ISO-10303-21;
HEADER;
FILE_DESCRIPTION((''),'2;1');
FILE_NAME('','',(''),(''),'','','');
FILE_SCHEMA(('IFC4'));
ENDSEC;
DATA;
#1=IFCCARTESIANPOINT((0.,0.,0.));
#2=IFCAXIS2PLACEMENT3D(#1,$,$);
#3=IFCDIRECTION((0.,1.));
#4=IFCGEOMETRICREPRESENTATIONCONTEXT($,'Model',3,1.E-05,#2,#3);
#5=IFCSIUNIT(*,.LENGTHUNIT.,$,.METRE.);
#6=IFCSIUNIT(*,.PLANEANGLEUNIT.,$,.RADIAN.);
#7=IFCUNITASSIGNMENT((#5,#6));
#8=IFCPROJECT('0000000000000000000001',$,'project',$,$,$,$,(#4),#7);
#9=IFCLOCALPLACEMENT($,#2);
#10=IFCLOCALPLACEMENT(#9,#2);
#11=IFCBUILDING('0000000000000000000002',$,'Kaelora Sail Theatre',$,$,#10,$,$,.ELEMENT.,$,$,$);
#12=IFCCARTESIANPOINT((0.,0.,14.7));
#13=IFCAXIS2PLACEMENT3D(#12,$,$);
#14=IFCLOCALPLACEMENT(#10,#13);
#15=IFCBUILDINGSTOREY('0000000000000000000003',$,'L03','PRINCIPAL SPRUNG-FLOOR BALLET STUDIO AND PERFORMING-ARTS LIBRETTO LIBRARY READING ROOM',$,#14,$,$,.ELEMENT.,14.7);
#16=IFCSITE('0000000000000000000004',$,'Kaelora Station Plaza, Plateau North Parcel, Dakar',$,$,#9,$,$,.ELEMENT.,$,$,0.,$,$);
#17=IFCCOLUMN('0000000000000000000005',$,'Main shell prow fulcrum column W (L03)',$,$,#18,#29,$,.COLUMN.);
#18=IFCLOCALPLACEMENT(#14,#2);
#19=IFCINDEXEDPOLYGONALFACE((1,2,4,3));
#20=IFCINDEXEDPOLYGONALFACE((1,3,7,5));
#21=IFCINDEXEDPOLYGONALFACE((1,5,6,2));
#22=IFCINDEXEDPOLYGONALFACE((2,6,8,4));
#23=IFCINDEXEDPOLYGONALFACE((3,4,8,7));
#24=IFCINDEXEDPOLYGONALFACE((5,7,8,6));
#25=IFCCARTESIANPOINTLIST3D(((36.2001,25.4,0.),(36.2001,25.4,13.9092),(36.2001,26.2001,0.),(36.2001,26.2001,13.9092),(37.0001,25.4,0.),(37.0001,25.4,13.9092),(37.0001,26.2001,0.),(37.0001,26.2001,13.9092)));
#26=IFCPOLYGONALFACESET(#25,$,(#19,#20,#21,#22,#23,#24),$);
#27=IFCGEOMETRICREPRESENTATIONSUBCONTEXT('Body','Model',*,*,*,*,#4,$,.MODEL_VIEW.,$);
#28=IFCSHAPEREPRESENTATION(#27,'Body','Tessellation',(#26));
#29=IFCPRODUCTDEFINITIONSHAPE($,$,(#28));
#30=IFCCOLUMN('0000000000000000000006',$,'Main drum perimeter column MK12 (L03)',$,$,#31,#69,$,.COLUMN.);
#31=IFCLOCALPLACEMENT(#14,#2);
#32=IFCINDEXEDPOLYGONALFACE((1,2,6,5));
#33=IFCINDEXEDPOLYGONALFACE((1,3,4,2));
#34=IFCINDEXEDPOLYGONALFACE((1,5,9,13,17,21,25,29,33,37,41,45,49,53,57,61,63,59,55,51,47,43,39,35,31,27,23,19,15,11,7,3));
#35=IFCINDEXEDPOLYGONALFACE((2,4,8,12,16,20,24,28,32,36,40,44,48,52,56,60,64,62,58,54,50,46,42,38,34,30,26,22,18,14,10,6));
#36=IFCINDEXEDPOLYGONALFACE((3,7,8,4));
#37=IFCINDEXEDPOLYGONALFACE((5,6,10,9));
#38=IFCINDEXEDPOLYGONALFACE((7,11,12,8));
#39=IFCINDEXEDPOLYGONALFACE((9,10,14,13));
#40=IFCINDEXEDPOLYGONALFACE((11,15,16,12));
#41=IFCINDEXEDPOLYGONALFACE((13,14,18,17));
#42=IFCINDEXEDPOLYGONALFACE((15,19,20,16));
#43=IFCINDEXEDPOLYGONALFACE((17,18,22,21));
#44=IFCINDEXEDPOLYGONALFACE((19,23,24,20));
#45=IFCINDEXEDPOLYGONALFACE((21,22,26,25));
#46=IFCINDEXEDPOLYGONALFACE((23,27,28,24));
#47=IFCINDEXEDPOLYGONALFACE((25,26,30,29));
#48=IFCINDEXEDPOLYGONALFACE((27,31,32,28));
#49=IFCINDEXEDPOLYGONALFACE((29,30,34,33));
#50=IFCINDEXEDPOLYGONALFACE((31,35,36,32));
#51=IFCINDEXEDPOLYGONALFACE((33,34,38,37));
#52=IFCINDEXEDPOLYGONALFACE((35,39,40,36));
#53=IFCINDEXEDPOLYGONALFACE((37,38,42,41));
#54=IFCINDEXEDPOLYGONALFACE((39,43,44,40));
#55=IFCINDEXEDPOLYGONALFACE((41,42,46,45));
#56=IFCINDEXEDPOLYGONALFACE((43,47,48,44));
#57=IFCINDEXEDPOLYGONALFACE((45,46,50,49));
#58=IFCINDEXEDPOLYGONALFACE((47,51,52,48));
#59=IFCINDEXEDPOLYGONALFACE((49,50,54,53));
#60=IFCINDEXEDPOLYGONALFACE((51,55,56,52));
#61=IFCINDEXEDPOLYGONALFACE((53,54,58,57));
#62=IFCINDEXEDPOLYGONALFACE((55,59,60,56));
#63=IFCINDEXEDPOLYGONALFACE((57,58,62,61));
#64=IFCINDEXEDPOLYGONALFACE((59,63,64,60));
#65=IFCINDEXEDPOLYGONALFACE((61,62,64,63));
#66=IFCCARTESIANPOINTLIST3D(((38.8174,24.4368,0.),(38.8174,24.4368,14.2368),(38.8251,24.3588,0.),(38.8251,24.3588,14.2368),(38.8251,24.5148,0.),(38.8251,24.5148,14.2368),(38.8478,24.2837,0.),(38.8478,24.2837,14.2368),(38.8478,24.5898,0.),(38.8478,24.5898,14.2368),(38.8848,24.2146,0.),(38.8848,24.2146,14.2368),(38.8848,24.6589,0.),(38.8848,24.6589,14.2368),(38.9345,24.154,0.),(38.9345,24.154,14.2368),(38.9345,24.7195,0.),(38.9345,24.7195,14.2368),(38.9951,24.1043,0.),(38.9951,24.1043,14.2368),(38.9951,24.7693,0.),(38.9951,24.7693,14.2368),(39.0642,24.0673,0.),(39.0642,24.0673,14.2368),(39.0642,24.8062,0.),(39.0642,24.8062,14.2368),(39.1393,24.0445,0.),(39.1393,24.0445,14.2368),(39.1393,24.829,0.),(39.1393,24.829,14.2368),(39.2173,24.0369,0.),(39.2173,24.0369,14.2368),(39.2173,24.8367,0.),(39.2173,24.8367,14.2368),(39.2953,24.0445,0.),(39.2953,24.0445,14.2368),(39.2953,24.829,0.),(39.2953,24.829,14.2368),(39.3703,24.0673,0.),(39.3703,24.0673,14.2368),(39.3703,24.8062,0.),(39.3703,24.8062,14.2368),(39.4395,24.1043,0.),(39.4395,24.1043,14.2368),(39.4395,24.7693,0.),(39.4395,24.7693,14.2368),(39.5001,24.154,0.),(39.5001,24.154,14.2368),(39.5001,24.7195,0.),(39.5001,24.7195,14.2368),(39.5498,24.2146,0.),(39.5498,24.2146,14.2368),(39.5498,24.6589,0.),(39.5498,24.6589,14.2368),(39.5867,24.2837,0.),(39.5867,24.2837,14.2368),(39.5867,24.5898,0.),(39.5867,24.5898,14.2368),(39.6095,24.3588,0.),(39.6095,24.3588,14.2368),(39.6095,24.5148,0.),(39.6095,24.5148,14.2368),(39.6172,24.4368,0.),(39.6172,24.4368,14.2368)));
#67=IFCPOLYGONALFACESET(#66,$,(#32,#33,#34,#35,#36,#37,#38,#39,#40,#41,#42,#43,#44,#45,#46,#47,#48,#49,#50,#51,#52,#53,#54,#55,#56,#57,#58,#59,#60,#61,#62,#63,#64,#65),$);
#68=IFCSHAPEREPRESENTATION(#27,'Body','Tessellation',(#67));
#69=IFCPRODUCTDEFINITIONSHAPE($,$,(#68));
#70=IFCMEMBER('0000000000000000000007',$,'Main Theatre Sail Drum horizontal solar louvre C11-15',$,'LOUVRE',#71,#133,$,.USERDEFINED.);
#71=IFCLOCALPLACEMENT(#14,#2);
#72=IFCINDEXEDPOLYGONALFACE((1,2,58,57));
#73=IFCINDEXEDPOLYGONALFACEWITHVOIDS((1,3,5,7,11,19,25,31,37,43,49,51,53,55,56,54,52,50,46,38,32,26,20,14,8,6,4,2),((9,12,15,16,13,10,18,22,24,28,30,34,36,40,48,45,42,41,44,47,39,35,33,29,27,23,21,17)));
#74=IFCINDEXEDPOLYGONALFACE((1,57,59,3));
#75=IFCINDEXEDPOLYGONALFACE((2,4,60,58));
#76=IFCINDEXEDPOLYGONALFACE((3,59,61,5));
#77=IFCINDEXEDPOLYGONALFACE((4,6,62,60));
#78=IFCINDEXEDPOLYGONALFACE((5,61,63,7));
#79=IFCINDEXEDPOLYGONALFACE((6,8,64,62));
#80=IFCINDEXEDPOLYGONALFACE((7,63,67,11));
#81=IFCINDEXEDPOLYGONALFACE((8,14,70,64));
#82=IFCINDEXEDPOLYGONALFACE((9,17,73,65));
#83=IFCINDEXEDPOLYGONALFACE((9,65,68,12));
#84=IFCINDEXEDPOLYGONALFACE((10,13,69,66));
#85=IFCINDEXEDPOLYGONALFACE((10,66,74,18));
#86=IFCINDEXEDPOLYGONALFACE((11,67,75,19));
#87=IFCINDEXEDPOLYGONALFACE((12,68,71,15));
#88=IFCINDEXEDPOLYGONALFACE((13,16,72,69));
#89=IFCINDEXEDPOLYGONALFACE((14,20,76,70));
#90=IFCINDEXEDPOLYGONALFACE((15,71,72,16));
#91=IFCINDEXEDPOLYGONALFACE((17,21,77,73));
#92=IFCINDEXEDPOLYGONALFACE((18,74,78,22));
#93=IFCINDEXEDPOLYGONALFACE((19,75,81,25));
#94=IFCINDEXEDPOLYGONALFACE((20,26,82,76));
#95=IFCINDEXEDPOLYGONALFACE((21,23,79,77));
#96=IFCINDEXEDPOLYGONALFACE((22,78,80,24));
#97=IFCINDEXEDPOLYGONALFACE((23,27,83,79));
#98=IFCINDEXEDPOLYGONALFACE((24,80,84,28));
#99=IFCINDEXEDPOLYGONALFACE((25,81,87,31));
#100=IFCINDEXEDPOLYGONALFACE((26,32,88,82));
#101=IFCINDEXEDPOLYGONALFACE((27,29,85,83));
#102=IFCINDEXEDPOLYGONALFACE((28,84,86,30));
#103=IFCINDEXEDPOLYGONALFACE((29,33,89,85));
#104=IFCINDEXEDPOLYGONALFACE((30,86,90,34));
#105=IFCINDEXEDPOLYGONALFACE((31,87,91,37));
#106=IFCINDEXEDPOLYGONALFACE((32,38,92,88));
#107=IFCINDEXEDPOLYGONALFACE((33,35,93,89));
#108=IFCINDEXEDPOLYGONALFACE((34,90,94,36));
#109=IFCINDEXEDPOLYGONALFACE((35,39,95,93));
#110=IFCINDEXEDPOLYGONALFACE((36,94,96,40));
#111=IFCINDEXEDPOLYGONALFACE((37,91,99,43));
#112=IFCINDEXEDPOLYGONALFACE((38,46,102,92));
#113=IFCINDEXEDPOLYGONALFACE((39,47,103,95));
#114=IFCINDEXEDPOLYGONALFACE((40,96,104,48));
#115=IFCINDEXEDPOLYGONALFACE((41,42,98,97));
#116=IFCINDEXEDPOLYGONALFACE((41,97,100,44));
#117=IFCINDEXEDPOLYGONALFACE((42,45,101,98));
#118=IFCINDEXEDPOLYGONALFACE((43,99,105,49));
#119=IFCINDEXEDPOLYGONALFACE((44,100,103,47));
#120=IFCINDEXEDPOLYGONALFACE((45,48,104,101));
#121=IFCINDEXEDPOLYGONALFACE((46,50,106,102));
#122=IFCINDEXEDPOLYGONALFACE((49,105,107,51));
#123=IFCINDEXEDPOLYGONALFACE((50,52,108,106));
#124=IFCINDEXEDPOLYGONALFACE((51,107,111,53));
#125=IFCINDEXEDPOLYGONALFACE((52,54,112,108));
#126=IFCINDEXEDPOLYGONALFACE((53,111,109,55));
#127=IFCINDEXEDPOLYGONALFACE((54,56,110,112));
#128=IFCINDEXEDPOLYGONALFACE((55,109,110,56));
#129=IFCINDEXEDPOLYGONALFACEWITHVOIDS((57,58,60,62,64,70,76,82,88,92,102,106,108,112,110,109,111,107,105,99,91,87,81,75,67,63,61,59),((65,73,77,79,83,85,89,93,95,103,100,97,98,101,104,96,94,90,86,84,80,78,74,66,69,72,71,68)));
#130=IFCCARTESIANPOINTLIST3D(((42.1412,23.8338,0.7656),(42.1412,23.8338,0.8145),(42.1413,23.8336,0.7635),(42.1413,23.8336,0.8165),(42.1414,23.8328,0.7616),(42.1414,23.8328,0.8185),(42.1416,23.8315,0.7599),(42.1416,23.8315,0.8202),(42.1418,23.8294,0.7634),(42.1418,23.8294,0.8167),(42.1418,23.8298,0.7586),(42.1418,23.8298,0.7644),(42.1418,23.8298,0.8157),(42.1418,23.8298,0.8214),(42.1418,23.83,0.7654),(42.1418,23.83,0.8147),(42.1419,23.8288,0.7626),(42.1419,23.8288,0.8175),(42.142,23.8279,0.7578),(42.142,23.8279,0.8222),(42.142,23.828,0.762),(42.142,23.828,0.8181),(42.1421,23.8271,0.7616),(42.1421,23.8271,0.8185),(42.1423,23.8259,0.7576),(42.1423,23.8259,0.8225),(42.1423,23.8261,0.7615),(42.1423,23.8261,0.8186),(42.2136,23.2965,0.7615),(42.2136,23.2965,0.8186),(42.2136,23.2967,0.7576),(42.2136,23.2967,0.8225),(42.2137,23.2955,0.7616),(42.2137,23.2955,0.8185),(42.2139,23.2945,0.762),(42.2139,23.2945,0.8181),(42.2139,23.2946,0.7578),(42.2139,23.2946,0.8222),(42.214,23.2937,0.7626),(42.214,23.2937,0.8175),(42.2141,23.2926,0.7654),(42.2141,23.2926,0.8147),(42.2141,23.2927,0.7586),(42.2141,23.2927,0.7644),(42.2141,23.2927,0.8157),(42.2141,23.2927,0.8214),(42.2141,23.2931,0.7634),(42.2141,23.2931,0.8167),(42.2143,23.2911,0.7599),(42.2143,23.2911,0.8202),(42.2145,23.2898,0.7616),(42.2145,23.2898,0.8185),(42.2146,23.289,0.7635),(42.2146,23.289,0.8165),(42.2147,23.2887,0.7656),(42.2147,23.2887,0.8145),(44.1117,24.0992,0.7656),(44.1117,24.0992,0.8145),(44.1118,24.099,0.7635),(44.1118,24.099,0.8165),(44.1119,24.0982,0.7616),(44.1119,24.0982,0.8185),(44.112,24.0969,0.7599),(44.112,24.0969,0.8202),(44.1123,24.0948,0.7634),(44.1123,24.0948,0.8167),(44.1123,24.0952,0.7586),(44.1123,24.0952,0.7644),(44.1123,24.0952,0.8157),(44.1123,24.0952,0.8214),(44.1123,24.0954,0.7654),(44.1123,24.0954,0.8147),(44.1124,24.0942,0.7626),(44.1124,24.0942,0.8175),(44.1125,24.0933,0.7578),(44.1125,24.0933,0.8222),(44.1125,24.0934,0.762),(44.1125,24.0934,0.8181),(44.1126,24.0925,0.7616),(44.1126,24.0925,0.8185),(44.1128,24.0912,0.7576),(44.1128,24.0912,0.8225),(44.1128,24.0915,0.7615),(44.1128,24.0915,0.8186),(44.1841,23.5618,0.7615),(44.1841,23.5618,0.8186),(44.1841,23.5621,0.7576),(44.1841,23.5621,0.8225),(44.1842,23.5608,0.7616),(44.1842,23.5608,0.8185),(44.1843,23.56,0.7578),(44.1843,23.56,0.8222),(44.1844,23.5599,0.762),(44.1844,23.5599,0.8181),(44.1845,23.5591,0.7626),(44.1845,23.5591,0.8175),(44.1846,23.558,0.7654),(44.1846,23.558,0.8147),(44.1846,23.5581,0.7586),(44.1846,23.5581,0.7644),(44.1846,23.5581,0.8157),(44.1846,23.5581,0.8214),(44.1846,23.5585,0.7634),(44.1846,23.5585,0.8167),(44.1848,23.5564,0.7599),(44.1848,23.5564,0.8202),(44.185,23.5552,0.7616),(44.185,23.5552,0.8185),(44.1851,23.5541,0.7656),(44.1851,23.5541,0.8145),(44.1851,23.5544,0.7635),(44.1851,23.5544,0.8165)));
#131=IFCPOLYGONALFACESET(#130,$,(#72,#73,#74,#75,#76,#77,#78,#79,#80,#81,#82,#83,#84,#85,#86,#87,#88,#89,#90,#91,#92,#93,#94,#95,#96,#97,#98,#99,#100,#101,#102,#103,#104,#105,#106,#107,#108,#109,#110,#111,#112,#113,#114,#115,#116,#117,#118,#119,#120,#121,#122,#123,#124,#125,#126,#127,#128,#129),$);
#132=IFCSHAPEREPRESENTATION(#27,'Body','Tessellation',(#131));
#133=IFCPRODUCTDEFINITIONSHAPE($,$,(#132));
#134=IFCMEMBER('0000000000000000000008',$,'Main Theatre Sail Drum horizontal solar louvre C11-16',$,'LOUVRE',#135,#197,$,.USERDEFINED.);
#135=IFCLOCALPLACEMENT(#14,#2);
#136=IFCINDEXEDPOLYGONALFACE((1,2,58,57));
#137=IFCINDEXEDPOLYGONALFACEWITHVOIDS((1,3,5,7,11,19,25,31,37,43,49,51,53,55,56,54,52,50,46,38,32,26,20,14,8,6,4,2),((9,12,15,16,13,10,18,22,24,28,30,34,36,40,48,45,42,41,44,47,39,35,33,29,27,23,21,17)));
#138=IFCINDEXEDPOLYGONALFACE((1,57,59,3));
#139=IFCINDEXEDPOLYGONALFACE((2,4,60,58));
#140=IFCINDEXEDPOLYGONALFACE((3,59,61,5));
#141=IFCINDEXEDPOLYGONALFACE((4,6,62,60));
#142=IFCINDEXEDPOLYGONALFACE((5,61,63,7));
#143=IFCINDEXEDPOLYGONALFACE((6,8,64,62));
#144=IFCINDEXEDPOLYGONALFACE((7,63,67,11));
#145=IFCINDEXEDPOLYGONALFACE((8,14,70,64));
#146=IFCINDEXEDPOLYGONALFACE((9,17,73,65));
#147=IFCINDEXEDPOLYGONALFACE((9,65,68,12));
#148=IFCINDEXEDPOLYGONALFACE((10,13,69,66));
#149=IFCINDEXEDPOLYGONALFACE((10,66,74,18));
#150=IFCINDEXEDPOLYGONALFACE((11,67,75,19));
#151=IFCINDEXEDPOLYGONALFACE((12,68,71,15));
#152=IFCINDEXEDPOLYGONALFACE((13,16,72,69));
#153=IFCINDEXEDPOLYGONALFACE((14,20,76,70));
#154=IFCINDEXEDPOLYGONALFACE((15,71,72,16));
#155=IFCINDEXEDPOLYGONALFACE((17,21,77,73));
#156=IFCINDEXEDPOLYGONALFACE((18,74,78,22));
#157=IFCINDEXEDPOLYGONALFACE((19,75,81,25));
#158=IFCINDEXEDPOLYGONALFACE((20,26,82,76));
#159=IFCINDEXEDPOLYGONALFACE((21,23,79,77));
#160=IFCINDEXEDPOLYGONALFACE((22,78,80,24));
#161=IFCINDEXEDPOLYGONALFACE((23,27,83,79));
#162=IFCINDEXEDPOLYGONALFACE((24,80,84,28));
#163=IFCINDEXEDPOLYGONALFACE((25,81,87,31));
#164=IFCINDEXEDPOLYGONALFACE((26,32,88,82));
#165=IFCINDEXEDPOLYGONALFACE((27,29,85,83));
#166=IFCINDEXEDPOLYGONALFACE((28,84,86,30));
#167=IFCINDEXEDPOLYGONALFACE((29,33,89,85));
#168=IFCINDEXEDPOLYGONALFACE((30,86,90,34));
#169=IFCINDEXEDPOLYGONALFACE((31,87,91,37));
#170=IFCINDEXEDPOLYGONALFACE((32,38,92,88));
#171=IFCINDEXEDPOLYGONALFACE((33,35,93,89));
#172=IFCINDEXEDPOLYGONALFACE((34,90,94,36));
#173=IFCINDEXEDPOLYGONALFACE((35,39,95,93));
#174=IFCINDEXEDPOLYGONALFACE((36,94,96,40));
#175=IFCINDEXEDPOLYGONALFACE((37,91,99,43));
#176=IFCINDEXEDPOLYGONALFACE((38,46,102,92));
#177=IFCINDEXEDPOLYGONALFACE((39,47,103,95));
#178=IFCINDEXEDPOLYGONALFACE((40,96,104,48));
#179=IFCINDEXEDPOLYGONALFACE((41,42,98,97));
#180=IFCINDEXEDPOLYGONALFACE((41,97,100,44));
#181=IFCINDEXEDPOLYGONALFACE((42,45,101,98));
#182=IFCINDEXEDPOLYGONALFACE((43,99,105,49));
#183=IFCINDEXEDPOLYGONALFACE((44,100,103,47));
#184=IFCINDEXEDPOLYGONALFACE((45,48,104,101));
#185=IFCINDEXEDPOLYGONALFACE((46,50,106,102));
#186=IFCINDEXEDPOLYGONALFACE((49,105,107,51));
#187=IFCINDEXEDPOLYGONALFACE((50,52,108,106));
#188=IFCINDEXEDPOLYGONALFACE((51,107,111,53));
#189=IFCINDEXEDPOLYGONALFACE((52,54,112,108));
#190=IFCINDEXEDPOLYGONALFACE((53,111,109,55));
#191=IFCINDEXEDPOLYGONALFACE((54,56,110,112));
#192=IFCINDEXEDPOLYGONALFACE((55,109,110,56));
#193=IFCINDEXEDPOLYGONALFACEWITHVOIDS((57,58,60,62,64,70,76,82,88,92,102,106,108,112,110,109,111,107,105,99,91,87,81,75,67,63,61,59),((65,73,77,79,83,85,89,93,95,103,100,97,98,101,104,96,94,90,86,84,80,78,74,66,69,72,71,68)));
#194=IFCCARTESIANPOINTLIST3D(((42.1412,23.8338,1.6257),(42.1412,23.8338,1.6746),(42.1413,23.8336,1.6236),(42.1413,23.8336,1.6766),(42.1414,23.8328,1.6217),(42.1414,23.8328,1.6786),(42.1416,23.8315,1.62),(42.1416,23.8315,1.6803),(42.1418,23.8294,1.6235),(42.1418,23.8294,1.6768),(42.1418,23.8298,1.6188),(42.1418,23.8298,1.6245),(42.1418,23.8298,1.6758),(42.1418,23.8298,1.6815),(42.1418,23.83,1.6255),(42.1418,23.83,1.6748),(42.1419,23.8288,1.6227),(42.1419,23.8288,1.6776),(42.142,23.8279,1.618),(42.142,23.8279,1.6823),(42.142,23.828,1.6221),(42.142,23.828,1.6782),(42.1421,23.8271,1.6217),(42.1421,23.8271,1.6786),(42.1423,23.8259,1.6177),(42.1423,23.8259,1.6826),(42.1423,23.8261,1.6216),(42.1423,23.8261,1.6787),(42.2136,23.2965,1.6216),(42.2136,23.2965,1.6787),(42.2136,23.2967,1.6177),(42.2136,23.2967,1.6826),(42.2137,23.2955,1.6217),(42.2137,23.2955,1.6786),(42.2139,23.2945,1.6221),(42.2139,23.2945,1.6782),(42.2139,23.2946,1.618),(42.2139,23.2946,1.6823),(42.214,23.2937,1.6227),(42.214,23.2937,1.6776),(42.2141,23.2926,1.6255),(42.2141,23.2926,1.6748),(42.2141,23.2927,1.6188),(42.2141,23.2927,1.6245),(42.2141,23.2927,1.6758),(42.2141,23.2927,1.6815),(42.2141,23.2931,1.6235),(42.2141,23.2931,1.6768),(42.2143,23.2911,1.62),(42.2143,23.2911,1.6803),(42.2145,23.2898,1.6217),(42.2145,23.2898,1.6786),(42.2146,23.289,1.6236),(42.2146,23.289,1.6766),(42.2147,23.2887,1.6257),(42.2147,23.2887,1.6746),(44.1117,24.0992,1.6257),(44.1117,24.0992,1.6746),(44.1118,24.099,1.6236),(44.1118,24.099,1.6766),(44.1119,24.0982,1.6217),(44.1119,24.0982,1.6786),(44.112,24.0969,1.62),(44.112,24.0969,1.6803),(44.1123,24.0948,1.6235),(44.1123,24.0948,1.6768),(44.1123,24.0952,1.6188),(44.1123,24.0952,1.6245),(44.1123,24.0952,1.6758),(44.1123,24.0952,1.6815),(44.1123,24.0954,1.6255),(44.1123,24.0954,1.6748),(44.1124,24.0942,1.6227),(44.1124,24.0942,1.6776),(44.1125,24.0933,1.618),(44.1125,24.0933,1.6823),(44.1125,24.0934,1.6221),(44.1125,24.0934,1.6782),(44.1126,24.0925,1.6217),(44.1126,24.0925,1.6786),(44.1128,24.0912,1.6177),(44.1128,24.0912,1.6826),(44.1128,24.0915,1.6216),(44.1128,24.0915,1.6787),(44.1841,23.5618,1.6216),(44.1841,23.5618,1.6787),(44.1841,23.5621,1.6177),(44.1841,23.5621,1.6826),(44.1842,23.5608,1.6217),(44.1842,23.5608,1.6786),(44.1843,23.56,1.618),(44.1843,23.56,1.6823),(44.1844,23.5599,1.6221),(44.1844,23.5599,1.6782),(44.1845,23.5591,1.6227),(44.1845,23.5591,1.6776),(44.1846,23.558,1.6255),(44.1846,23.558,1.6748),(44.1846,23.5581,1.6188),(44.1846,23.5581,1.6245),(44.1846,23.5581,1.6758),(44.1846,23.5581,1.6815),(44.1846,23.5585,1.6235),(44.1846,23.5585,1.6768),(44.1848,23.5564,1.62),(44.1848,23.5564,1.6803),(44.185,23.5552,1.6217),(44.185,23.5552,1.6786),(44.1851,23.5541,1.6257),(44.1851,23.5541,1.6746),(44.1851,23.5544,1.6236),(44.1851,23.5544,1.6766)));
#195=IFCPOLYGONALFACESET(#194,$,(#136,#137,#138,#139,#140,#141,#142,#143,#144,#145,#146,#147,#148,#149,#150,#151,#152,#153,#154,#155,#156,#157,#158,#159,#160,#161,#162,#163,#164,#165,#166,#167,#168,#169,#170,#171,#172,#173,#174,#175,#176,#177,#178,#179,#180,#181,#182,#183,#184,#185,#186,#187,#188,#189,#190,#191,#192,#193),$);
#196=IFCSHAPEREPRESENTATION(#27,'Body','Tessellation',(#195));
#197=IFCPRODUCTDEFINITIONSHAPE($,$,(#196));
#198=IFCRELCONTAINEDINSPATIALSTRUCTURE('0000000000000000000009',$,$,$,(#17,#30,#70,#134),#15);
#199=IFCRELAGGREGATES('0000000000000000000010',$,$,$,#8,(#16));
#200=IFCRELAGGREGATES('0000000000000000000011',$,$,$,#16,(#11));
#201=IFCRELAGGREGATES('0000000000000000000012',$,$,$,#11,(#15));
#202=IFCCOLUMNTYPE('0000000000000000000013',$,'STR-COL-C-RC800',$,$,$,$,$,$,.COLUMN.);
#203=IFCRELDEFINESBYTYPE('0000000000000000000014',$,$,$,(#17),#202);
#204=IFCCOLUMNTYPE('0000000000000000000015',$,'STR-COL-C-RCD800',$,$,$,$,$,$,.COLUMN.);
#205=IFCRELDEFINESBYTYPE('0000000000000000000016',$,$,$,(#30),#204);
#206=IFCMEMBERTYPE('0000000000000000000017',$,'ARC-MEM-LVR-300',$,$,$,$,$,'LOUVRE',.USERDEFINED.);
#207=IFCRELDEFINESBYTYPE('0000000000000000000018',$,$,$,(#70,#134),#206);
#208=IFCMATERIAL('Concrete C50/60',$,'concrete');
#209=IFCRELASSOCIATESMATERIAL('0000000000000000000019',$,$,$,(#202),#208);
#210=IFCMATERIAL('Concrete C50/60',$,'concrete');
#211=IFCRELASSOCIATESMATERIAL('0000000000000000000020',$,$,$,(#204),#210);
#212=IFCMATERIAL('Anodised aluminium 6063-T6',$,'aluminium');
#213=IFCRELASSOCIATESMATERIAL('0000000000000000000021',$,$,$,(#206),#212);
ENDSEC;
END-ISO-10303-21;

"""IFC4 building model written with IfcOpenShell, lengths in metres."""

from ifc_helpers import new_model, si_unit, direction, frame, origin, origin_2d, place, context, subcontext, project, spatial, rectangle, hollow_rectangle, circle, extrude, material, material_profile, profile_set, type_object, element, save


model = new_model("IFC4")

# Units and contexts
model_context = context("Model", 3, precision=1e-05, world=origin(), true_north=direction((0.0, 1.0)))
body_context = subcontext(model_context, "Body", "Model", "MODEL_VIEW")
ifc_project = project(units=[si_unit("LENGTHUNIT", "METRE"), si_unit("PLANEANGLEUNIT", "RADIAN")], contexts=[model_context])

# Site, building, storey
site_placement = place(None, origin())
site = spatial("IfcSite", under=ifc_project, at=site_placement, Name="Kaelora Station Plaza, Plateau North Parcel, Dakar", CompositionType="ELEMENT", RefElevation=0.0)
building_placement = place(site_placement, origin())
building = spatial("IfcBuilding", under=site, at=building_placement, Name="Kaelora Sail Theatre", CompositionType="ELEMENT")
storey_placement = place(building_placement, frame((0.0, 0.0, 14.7)))
storey = spatial("IfcBuildingStorey", under=building, at=storey_placement, Name="L03", Description="PRINCIPAL SPRUNG-FLOOR BALLET STUDIO AND PERFORMING-ARTS LIBRETTO LIBRARY READING ROOM", CompositionType="ELEMENT", Elevation=14.7)

# Columns
ifc_material_1 = material(Name="Concrete C50/60", Category="concrete")
ifc_material_profile_1 = material_profile(ifc_material_1, rectangle(XDim=0.8, YDim=0.8, at=origin_2d()), Name="RC-COL 800x800")
ifc_profile_set_1 = profile_set([ifc_material_profile_1], Name="Concrete C50/60")
column_type_1 = type_object("IfcColumnType", Name="STR-COL-C-RC800", PredefinedType="COLUMN", material=ifc_profile_set_1)
column_1_placement = place(storey_placement, frame((36.6001, 25.8, 0.0), z_axis=(0.0, 0.0, 1.0), x_axis=(1.0, 0.0, 0.0)))
element("IfcColumn", 1, at=column_1_placement, inside=storey, type_object=column_type_1, Name="Main shell prow fulcrum column W (L03)", PredefinedType="COLUMN", context=body_context, shape_type="SweptSolid", body=[
    extrude(rectangle(XDim=0.8, YDim=0.8, at=origin_2d()), origin(), (0.0, 0.0, 1.0), 13.9092),
])
ifc_material_2 = material(Name="Concrete C50/60", Category="concrete")
ifc_material_profile_2 = material_profile(ifc_material_2, circle(Radius=0.3999, at=origin_2d()), Name="RC-CCOL D800")
ifc_profile_set_2 = profile_set([ifc_material_profile_2], Name="Concrete C50/60")
column_type_2 = type_object("IfcColumnType", Name="STR-COL-C-RCD800", PredefinedType="COLUMN", material=ifc_profile_set_2)
column_2_placement = place(storey_placement, frame((39.2173, 24.4368, 0.0), z_axis=(0.0, 0.0, 1.0), x_axis=(1.0, 0.0, 0.0)))
element("IfcColumn", 2, at=column_2_placement, inside=storey, type_object=column_type_2, Name="Main drum perimeter column MK12 (L03)", PredefinedType="COLUMN", context=body_context, shape_type="SweptSolid", body=[
    extrude(circle(Radius=0.3999, at=origin_2d()), origin(), (0.0, 0.0, 1.0), 14.2368),
])

# Members
ifc_material_3 = material(Name="Anodised aluminium 6063-T6", Category="aluminium")
ifc_material_profile_3 = material_profile(ifc_material_3, hollow_rectangle(XDim=0.55, YDim=0.0649, WallThickness=0.0039, InnerFilletRadius=0.0039, OuterFilletRadius=0.0081, at=origin_2d()), Name="LOUVRE 550x65x4")
ifc_profile_set_3 = profile_set([ifc_material_profile_3], Name="Anodised aluminium 6063-T6")
member_type = type_object("IfcMemberType", Name="ARC-MEM-LVR-300", ElementType="LOUVRE", PredefinedType="USERDEFINED", material=ifc_profile_set_3)
for number, where, z_axis, x_axis, name in (
    (3, (44.1484, 23.8267, 0.79), (-0.991052, -0.133475, 0.0), (0.133475, -0.991052, 0.0), "Main Theatre Sail Drum horizontal solar louvre C11-15"),
    (4, (44.1484, 23.8267, 1.6501), (-0.991052, -0.133475, 0.0), (0.133475, -0.991052, 0.0), "Main Theatre Sail Drum horizontal solar louvre C11-16"),
):
    element("IfcMember", number, at=place(storey_placement, frame(where, z_axis=z_axis, x_axis=x_axis)), inside=storey, type_object=member_type, Name=name, ObjectType="LOUVRE", PredefinedType="USERDEFINED", context=body_context, shape_type="SweptSolid", body=[
        extrude(hollow_rectangle(XDim=0.55, YDim=0.0649, WallThickness=0.0039, InnerFilletRadius=0.0039, OuterFilletRadius=0.0081, at=origin_2d()), origin(), (0.0, 0.0, 1.0), 1.9883),
    ])

save(model, "model.ifc")
